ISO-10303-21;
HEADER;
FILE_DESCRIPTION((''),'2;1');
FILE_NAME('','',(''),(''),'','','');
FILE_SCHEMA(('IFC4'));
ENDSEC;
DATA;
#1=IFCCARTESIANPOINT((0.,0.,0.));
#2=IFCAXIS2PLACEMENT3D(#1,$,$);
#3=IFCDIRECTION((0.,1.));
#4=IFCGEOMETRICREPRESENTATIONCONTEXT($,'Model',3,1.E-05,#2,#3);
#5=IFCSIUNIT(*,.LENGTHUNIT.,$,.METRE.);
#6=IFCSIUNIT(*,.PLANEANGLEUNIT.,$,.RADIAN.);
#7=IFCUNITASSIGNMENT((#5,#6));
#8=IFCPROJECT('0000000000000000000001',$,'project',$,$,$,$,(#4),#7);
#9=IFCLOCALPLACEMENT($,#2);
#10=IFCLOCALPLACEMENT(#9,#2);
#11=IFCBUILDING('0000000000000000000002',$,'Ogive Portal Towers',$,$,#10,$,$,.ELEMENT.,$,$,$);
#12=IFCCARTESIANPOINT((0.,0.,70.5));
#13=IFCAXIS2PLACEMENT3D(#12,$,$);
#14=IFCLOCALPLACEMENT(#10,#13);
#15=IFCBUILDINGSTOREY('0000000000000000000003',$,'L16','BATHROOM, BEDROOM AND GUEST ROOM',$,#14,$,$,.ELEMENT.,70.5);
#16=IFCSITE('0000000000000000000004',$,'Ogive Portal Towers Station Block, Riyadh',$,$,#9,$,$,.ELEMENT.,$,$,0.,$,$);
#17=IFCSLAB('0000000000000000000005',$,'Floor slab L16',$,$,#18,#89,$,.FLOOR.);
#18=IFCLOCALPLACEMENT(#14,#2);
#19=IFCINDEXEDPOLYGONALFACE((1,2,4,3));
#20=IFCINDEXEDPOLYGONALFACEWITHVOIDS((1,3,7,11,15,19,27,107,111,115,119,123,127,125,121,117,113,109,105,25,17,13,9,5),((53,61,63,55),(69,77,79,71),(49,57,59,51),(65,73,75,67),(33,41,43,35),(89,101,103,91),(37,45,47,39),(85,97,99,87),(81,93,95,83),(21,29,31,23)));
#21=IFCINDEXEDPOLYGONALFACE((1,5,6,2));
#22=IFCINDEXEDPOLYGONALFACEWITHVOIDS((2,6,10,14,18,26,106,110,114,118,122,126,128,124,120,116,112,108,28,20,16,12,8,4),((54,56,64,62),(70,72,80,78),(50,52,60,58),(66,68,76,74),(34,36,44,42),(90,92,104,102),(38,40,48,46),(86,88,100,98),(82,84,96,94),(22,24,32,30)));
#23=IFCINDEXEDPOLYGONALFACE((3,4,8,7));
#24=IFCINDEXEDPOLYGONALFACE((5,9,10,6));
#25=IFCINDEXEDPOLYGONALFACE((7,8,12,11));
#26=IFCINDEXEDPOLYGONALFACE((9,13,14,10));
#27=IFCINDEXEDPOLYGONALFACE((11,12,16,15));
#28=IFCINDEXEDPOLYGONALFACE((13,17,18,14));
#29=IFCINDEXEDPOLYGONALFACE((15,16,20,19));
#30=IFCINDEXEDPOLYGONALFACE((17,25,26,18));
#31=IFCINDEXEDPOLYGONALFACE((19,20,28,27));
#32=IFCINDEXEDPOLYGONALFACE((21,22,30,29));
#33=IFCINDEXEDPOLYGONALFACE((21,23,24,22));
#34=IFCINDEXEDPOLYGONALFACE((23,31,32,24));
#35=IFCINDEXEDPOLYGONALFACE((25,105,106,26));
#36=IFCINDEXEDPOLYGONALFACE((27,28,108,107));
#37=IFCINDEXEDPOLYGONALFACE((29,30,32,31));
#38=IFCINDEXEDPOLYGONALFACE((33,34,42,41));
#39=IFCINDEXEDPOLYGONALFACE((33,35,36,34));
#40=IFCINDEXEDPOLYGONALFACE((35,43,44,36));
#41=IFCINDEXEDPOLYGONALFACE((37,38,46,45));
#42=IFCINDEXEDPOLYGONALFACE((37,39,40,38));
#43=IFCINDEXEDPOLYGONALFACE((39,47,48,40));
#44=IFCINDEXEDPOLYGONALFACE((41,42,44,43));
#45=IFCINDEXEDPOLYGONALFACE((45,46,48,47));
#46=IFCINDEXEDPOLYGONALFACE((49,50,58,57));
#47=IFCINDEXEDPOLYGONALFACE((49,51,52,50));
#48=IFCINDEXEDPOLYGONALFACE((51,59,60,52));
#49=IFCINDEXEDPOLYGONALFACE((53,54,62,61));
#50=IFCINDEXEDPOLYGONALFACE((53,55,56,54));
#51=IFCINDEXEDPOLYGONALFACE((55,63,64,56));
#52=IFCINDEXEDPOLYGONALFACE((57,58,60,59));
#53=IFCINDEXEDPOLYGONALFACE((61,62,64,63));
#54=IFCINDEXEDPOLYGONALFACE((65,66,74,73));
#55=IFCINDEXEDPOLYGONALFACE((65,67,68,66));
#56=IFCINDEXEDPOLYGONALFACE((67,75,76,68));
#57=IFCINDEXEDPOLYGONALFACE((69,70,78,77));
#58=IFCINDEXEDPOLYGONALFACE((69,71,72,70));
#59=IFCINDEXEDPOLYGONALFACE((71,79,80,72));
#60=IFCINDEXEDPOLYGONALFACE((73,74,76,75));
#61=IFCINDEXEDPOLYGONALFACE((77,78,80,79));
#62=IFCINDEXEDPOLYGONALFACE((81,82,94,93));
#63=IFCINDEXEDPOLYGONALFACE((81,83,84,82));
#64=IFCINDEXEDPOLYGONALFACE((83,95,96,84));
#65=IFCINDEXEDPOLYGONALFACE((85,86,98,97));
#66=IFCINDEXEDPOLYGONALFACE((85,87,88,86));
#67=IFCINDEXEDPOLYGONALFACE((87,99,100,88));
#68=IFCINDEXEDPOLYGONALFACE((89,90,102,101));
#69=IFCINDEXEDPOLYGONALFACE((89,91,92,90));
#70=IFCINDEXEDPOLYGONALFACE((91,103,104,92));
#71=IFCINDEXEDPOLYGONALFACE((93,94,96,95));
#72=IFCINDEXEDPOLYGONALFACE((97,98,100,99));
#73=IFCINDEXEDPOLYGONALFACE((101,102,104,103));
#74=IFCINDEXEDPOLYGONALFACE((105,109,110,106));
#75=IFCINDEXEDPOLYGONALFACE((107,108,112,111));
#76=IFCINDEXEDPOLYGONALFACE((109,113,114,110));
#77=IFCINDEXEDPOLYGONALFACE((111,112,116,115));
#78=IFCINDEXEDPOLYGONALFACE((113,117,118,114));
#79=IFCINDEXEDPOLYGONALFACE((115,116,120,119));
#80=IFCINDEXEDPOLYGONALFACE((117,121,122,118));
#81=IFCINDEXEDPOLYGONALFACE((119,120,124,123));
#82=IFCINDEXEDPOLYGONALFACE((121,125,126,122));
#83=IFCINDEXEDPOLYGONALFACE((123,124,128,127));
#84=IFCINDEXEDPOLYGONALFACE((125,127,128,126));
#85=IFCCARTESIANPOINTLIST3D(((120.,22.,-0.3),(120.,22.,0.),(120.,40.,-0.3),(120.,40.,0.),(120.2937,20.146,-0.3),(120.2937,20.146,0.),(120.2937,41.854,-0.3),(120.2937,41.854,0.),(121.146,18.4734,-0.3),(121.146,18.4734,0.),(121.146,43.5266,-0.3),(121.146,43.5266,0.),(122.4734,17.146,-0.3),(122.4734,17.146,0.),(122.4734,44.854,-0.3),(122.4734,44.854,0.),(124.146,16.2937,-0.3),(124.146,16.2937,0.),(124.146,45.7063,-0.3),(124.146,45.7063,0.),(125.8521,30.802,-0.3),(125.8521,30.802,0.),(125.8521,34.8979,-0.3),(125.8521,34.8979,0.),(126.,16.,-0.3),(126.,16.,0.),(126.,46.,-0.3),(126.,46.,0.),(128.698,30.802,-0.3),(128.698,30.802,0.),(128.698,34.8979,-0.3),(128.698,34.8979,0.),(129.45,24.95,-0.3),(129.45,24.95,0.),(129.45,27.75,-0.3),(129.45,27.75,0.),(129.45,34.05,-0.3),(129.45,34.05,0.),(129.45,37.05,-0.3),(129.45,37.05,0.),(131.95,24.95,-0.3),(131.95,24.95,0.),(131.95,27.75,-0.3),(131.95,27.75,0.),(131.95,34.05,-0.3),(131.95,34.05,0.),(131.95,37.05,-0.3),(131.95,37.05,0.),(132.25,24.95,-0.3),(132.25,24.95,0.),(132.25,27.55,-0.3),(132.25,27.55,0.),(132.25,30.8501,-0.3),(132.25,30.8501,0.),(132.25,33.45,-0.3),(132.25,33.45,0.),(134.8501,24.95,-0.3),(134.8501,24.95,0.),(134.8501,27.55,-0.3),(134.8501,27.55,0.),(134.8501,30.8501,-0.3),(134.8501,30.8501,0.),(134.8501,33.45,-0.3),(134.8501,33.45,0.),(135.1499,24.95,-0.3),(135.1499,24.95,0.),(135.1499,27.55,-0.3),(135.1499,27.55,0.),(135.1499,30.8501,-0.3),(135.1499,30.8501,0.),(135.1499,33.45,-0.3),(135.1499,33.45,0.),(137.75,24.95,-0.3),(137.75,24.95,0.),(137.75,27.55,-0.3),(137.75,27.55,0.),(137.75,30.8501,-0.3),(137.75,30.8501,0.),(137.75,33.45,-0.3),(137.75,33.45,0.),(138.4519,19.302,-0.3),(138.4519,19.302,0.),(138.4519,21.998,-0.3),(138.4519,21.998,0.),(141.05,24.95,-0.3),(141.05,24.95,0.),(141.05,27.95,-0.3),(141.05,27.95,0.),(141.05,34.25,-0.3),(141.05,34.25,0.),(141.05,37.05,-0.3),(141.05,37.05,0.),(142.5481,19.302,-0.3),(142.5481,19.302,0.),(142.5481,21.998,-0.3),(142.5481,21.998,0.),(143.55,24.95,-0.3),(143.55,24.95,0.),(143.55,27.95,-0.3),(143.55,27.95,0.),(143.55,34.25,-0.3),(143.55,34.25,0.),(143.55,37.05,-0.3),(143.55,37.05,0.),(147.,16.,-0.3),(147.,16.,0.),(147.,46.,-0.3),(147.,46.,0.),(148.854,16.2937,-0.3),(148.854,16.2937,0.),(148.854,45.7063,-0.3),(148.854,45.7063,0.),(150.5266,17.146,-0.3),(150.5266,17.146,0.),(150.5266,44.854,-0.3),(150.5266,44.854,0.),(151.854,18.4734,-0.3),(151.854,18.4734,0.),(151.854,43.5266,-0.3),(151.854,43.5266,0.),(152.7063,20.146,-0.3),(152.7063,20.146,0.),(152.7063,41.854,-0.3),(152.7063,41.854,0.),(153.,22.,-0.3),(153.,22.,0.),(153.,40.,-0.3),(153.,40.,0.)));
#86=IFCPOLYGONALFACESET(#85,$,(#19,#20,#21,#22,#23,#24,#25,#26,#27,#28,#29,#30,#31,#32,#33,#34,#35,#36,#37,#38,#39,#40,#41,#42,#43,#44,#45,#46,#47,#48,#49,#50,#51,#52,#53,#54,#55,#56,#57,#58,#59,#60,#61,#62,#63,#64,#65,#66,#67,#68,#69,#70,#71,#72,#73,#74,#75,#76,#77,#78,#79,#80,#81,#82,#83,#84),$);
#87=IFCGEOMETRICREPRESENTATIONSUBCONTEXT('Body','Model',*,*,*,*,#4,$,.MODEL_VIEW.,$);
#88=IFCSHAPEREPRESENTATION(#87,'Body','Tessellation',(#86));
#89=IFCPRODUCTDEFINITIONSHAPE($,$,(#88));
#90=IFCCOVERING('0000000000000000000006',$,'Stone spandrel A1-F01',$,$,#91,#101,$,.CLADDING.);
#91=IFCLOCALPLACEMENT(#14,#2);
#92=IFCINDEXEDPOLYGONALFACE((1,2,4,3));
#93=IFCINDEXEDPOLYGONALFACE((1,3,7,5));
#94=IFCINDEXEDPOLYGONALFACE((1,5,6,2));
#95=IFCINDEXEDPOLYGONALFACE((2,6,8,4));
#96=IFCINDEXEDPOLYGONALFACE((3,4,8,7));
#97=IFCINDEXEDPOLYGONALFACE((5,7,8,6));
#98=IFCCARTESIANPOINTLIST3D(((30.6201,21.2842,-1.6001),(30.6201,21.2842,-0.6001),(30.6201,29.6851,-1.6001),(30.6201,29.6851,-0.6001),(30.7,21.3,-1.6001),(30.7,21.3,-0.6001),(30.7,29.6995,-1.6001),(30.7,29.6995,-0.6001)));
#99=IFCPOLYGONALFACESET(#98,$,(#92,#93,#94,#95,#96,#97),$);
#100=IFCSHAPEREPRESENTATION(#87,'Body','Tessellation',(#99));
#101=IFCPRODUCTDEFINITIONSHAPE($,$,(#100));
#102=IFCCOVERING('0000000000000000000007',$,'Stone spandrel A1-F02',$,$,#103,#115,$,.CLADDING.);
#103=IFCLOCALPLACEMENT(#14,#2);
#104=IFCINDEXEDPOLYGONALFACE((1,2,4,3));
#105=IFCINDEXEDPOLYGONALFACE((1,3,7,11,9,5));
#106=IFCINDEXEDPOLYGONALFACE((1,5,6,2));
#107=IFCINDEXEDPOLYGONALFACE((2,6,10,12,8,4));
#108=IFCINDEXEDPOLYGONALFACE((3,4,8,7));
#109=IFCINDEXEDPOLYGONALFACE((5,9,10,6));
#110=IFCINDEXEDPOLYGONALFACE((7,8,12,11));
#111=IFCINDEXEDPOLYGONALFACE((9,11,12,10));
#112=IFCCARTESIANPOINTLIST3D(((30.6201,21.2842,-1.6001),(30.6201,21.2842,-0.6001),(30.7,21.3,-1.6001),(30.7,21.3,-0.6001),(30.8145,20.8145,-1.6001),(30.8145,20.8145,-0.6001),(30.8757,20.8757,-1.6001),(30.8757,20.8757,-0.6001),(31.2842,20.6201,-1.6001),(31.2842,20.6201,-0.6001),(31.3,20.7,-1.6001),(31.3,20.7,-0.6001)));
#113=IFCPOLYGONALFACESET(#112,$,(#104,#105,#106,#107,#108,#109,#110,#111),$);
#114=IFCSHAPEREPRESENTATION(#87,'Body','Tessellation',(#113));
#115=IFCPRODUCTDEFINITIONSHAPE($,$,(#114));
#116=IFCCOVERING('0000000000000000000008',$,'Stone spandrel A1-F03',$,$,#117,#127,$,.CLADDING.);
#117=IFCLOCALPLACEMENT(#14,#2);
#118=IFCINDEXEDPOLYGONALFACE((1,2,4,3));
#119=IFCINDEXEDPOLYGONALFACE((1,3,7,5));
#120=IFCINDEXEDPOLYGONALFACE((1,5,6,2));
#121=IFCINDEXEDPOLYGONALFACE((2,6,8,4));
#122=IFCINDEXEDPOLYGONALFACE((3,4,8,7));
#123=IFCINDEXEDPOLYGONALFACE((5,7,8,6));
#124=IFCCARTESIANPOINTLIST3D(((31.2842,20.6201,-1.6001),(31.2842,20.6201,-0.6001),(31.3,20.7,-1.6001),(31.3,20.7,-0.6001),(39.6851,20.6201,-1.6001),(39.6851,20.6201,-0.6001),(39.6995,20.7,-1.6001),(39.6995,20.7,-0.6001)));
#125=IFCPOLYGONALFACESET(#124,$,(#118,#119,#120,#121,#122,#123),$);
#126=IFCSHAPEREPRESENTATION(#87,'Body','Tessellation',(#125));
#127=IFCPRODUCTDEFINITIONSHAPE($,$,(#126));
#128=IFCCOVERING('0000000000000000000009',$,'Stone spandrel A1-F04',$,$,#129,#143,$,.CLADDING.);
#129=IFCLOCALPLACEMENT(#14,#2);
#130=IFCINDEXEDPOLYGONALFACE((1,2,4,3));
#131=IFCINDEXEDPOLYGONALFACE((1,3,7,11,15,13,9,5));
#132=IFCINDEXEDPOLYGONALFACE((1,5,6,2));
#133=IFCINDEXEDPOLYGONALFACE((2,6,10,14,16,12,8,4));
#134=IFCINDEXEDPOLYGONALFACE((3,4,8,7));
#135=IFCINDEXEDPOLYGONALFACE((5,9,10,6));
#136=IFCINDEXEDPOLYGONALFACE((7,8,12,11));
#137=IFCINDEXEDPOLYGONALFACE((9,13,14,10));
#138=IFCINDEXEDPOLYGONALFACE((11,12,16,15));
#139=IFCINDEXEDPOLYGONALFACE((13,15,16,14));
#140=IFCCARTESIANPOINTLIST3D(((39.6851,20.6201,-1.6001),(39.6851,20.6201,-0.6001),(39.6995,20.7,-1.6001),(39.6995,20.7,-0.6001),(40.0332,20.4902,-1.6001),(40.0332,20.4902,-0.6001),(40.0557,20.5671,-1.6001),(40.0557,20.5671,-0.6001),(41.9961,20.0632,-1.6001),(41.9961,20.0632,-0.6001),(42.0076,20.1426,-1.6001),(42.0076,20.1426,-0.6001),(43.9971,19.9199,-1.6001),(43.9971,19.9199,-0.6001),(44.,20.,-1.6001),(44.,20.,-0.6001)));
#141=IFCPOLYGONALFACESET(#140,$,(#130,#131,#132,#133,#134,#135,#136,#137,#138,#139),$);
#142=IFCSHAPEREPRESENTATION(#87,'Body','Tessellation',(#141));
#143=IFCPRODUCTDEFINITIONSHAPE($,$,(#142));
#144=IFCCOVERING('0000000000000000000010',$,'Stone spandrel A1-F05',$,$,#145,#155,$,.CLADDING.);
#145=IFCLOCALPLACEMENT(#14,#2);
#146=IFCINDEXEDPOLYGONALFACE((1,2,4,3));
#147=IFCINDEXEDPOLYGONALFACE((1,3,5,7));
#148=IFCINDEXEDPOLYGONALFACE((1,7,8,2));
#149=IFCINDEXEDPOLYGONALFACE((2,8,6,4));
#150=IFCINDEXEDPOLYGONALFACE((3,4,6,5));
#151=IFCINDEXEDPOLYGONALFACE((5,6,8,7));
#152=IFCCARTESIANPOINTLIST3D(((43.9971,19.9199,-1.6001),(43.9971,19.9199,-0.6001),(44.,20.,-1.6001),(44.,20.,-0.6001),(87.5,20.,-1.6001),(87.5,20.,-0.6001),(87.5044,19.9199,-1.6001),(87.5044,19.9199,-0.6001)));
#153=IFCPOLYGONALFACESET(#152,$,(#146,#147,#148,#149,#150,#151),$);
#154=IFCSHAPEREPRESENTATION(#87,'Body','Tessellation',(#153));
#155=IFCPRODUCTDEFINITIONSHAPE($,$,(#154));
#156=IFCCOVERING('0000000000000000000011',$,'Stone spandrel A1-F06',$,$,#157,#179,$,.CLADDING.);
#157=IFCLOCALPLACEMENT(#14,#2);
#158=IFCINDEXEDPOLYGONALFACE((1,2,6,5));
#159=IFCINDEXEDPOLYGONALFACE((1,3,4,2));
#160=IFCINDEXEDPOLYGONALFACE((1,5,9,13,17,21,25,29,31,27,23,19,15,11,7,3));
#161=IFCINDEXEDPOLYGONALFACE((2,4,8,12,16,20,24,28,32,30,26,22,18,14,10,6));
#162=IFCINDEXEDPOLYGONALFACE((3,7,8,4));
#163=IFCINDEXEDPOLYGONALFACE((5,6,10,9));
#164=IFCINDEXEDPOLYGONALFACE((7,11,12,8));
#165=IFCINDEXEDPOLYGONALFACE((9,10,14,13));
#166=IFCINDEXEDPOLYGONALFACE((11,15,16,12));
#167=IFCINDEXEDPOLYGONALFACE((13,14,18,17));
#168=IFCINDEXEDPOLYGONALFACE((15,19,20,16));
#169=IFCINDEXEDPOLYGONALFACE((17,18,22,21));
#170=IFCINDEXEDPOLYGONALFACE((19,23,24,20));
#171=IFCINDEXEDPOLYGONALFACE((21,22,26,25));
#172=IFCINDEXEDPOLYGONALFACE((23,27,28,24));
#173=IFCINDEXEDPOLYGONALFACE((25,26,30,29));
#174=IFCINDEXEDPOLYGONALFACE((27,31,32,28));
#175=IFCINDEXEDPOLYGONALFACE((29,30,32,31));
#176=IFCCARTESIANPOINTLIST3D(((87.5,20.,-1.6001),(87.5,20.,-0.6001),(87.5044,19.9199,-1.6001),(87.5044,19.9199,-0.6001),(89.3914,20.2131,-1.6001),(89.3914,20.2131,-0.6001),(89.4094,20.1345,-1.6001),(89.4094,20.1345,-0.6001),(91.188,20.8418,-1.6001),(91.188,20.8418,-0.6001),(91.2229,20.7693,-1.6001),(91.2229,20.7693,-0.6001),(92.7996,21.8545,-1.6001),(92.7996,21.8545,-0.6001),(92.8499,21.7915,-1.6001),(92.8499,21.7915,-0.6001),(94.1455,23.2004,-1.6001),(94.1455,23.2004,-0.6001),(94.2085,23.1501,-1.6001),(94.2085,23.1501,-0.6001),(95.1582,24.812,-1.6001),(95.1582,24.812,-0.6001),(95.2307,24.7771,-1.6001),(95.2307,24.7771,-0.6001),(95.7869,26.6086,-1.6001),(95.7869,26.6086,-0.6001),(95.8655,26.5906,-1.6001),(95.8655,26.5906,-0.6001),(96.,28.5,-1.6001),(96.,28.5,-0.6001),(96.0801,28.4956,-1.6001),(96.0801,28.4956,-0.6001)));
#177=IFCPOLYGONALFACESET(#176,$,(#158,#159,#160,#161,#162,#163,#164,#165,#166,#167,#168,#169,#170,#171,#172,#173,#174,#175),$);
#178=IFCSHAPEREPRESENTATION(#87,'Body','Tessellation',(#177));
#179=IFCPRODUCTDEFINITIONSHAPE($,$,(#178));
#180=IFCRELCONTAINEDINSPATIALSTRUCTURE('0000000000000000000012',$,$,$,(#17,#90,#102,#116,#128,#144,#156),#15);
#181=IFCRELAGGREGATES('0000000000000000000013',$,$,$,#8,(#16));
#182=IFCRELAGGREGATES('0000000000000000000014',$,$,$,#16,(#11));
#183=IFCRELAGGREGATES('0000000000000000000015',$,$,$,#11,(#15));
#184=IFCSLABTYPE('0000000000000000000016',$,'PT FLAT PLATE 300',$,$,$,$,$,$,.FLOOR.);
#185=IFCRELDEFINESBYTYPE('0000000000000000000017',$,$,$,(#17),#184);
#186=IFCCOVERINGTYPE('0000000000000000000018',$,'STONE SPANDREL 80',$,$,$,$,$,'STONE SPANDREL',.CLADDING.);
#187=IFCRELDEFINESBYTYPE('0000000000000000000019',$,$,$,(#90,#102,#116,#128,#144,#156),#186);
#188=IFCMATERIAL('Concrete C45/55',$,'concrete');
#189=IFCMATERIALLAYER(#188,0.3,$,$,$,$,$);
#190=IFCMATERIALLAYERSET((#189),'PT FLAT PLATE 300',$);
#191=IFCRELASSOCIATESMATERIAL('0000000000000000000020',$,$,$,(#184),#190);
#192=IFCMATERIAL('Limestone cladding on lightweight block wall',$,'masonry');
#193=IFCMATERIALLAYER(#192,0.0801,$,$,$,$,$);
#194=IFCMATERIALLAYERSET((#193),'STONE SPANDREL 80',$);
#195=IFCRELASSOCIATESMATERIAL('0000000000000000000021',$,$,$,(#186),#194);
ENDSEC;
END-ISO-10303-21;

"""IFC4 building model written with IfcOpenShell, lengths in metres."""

from ifc_helpers import new_model, si_unit, direction, frame, origin, place, context, subcontext, project, spatial, polyline, outline, extrude, material, layer, layer_set, type_object, element, save


model = new_model("IFC4")

# Units and contexts
model_context = context("Model", 3, precision=1e-05, world=origin(), true_north=direction((0.0, 1.0)))
body_context = subcontext(model_context, "Body", "Model", "MODEL_VIEW")
ifc_project = project(units=[si_unit("LENGTHUNIT", "METRE"), si_unit("PLANEANGLEUNIT", "RADIAN")], contexts=[model_context])

# Site, building, storey
site_placement = place(None, origin())
site = spatial("IfcSite", under=ifc_project, at=site_placement, Name="Ogive Portal Towers Station Block, Riyadh", CompositionType="ELEMENT", RefElevation=0.0)
building_placement = place(site_placement, origin())
building = spatial("IfcBuilding", under=site, at=building_placement, Name="Ogive Portal Towers", CompositionType="ELEMENT")
storey_placement = place(building_placement, frame((0.0, 0.0, 70.5)))
storey = spatial("IfcBuildingStorey", under=building, at=storey_placement, Name="L16", Description="BATHROOM, BEDROOM AND GUEST ROOM", CompositionType="ELEMENT", Elevation=70.5)

# Slab
ifc_material_1 = material(Name="Concrete C45/55", Category="concrete")
ifc_layer_1 = layer(ifc_material_1, 0.3)
ifc_layer_set_1 = layer_set([ifc_layer_1], Name="PT FLAT PLATE 300")
slab_type = type_object("IfcSlabType", Name="PT FLAT PLATE 300", PredefinedType="FLOOR", material=ifc_layer_set_1)
slab_1_placement = place(storey_placement, frame((0.0, 0.0, -0.3)))
element("IfcSlab", 1, at=slab_1_placement, inside=storey, type_object=slab_type, Name="Floor slab L16", PredefinedType="FLOOR", context=body_context, shape_type="SweptSolid", body=[
    extrude(outline(polyline([(120.0, 40.0), (120.0, 22.0), (120.2937, 20.146), (121.146, 18.4734), (122.4734, 17.146), (124.146, 16.2937), (126.0, 16.0), (147.0, 16.0), (148.854, 16.2937), (150.5266, 17.146), (151.854, 18.4734), (152.7063, 20.146), (153.0, 22.0), (153.0, 40.0), (152.7063, 41.854), (151.854, 43.5266), (150.5266, 44.854), (148.854, 45.7063), (147.0, 46.0), (126.0, 46.0), (124.146, 45.7063), (122.4734, 44.854), (121.146, 43.5266), (120.2937, 41.854), (120.0, 40.0)]), holes=[polyline([(131.95, 27.75), (131.95, 24.95), (129.45, 24.95), (129.45, 27.75), (131.95, 27.75)]), polyline([(128.698, 34.8979), (128.698, 30.802), (125.8521, 30.802), (125.8521, 34.8979), (128.698, 34.8979)]), polyline([(131.95, 37.05), (131.95, 34.05), (129.45, 34.05), (129.45, 37.05), (131.95, 37.05)]), polyline([(138.4519, 21.998), (142.5481, 21.998), (142.5481, 19.302), (138.4519, 19.302), (138.4519, 21.998)]), polyline([(134.8501, 27.55), (134.8501, 24.95), (132.25, 24.95), (132.25, 27.55), (134.8501, 27.55)]), polyline([(137.75, 27.55), (137.75, 24.95), (135.1499, 24.95), (135.1499, 27.55), (137.75, 27.55)]), polyline([(143.55, 27.95), (143.55, 24.95), (141.05, 24.95), (141.05, 27.95), (143.55, 27.95)]), polyline([(134.8501, 33.45), (134.8501, 30.8501), (132.25, 30.8501), (132.25, 33.45), (134.8501, 33.45)]), polyline([(137.75, 33.45), (137.75, 30.8501), (135.1499, 30.8501), (135.1499, 33.45), (137.75, 33.45)]), polyline([(141.05, 37.05), (143.55, 37.05), (143.55, 34.25), (141.05, 34.25), (141.05, 37.05)])]), origin(), (0.0, 0.0, 1.0), 0.3),
])

# Coverings
ifc_material_2 = material(Name="Limestone cladding on lightweight block wall", Category="masonry")
ifc_layer_2 = layer(ifc_material_2, 0.0801)
ifc_layer_set_2 = layer_set([ifc_layer_2], Name="STONE SPANDREL 80")
covering_type_1 = type_object("IfcCoveringType", Name="STONE SPANDREL 80", ElementType="STONE SPANDREL", PredefinedType="CLADDING", material=ifc_layer_set_2)
covering_1_placement = place(storey_placement, frame((0.0, 0.0, -1.6001)))
element("IfcCovering", 2, at=covering_1_placement, inside=storey, type_object=covering_type_1, Name="Stone spandrel A1-F01", PredefinedType="CLADDING", context=body_context, shape_type="SweptSolid", body=[
    extrude(outline(polyline([(30.7, 29.6995), (30.7, 21.3), (30.6201, 21.2842), (30.6201, 29.6851), (30.7, 29.6995)])), origin(), (0.0, 0.0, 1.0), 1.0),
])
covering_2_placement = place(storey_placement, frame((0.0, 0.0, -1.6001)))
element("IfcCovering", 3, at=covering_2_placement, inside=storey, type_object=covering_type_1, Name="Stone spandrel A1-F02", PredefinedType="CLADDING", context=body_context, shape_type="SweptSolid", body=[
    extrude(outline(polyline([(30.7, 21.3), (30.8757, 20.8757), (31.3, 20.7), (31.2842, 20.6201), (30.8145, 20.8145), (30.6201, 21.2842), (30.7, 21.3)])), origin(), (0.0, 0.0, 1.0), 1.0),
])
covering_3_placement = place(storey_placement, frame((0.0, 0.0, -1.6001)))
element("IfcCovering", 4, at=covering_3_placement, inside=storey, type_object=covering_type_1, Name="Stone spandrel A1-F03", PredefinedType="CLADDING", context=body_context, shape_type="SweptSolid", body=[
    extrude(outline(polyline([(31.3, 20.7), (39.6995, 20.7), (39.6851, 20.6201), (31.2842, 20.6201), (31.3, 20.7)])), origin(), (0.0, 0.0, 1.0), 1.0),
])
covering_4_placement = place(storey_placement, frame((0.0, 0.0, -1.6001)))
element("IfcCovering", 5, at=covering_4_placement, inside=storey, type_object=covering_type_1, Name="Stone spandrel A1-F04", PredefinedType="CLADDING", context=body_context, shape_type="SweptSolid", body=[
    extrude(outline(polyline([(39.6995, 20.7), (40.0557, 20.5671), (42.0076, 20.1426), (44.0, 20.0), (43.9971, 19.9199), (41.9961, 20.0632), (40.0332, 20.4902), (39.6851, 20.6201), (39.6995, 20.7)])), origin(), (0.0, 0.0, 1.0), 1.0),
])
covering_5_placement = place(storey_placement, frame((0.0, 0.0, -1.6001)))
element("IfcCovering", 6, at=covering_5_placement, inside=storey, type_object=covering_type_1, Name="Stone spandrel A1-F05", PredefinedType="CLADDING", context=body_context, shape_type="SweptSolid", body=[
    extrude(outline(polyline([(44.0, 20.0), (87.5, 20.0), (87.5044, 19.9199), (43.9971, 19.9199), (44.0, 20.0)])), origin(), (0.0, 0.0, 1.0), 1.0),
])
covering_6_placement = place(storey_placement, frame((0.0, 0.0, -1.6001)))
element("IfcCovering", 7, at=covering_6_placement, inside=storey, type_object=covering_type_1, Name="Stone spandrel A1-F06", PredefinedType="CLADDING", context=body_context, shape_type="SweptSolid", body=[
    extrude(outline(polyline([(87.5, 20.0), (89.3914, 20.2131), (91.188, 20.8418), (92.7996, 21.8545), (94.1455, 23.2004), (95.1582, 24.812), (95.7869, 26.6086), (96.0, 28.5), (96.0801, 28.4956), (95.8655, 26.5906), (95.2307, 24.7771), (94.2085, 23.1501), (92.8499, 21.7915), (91.2229, 20.7693), (89.4094, 20.1345), (87.5044, 19.9199), (87.5, 20.0)])), origin(), (0.0, 0.0, 1.0), 1.0),
])

save(model, "model.ifc")
